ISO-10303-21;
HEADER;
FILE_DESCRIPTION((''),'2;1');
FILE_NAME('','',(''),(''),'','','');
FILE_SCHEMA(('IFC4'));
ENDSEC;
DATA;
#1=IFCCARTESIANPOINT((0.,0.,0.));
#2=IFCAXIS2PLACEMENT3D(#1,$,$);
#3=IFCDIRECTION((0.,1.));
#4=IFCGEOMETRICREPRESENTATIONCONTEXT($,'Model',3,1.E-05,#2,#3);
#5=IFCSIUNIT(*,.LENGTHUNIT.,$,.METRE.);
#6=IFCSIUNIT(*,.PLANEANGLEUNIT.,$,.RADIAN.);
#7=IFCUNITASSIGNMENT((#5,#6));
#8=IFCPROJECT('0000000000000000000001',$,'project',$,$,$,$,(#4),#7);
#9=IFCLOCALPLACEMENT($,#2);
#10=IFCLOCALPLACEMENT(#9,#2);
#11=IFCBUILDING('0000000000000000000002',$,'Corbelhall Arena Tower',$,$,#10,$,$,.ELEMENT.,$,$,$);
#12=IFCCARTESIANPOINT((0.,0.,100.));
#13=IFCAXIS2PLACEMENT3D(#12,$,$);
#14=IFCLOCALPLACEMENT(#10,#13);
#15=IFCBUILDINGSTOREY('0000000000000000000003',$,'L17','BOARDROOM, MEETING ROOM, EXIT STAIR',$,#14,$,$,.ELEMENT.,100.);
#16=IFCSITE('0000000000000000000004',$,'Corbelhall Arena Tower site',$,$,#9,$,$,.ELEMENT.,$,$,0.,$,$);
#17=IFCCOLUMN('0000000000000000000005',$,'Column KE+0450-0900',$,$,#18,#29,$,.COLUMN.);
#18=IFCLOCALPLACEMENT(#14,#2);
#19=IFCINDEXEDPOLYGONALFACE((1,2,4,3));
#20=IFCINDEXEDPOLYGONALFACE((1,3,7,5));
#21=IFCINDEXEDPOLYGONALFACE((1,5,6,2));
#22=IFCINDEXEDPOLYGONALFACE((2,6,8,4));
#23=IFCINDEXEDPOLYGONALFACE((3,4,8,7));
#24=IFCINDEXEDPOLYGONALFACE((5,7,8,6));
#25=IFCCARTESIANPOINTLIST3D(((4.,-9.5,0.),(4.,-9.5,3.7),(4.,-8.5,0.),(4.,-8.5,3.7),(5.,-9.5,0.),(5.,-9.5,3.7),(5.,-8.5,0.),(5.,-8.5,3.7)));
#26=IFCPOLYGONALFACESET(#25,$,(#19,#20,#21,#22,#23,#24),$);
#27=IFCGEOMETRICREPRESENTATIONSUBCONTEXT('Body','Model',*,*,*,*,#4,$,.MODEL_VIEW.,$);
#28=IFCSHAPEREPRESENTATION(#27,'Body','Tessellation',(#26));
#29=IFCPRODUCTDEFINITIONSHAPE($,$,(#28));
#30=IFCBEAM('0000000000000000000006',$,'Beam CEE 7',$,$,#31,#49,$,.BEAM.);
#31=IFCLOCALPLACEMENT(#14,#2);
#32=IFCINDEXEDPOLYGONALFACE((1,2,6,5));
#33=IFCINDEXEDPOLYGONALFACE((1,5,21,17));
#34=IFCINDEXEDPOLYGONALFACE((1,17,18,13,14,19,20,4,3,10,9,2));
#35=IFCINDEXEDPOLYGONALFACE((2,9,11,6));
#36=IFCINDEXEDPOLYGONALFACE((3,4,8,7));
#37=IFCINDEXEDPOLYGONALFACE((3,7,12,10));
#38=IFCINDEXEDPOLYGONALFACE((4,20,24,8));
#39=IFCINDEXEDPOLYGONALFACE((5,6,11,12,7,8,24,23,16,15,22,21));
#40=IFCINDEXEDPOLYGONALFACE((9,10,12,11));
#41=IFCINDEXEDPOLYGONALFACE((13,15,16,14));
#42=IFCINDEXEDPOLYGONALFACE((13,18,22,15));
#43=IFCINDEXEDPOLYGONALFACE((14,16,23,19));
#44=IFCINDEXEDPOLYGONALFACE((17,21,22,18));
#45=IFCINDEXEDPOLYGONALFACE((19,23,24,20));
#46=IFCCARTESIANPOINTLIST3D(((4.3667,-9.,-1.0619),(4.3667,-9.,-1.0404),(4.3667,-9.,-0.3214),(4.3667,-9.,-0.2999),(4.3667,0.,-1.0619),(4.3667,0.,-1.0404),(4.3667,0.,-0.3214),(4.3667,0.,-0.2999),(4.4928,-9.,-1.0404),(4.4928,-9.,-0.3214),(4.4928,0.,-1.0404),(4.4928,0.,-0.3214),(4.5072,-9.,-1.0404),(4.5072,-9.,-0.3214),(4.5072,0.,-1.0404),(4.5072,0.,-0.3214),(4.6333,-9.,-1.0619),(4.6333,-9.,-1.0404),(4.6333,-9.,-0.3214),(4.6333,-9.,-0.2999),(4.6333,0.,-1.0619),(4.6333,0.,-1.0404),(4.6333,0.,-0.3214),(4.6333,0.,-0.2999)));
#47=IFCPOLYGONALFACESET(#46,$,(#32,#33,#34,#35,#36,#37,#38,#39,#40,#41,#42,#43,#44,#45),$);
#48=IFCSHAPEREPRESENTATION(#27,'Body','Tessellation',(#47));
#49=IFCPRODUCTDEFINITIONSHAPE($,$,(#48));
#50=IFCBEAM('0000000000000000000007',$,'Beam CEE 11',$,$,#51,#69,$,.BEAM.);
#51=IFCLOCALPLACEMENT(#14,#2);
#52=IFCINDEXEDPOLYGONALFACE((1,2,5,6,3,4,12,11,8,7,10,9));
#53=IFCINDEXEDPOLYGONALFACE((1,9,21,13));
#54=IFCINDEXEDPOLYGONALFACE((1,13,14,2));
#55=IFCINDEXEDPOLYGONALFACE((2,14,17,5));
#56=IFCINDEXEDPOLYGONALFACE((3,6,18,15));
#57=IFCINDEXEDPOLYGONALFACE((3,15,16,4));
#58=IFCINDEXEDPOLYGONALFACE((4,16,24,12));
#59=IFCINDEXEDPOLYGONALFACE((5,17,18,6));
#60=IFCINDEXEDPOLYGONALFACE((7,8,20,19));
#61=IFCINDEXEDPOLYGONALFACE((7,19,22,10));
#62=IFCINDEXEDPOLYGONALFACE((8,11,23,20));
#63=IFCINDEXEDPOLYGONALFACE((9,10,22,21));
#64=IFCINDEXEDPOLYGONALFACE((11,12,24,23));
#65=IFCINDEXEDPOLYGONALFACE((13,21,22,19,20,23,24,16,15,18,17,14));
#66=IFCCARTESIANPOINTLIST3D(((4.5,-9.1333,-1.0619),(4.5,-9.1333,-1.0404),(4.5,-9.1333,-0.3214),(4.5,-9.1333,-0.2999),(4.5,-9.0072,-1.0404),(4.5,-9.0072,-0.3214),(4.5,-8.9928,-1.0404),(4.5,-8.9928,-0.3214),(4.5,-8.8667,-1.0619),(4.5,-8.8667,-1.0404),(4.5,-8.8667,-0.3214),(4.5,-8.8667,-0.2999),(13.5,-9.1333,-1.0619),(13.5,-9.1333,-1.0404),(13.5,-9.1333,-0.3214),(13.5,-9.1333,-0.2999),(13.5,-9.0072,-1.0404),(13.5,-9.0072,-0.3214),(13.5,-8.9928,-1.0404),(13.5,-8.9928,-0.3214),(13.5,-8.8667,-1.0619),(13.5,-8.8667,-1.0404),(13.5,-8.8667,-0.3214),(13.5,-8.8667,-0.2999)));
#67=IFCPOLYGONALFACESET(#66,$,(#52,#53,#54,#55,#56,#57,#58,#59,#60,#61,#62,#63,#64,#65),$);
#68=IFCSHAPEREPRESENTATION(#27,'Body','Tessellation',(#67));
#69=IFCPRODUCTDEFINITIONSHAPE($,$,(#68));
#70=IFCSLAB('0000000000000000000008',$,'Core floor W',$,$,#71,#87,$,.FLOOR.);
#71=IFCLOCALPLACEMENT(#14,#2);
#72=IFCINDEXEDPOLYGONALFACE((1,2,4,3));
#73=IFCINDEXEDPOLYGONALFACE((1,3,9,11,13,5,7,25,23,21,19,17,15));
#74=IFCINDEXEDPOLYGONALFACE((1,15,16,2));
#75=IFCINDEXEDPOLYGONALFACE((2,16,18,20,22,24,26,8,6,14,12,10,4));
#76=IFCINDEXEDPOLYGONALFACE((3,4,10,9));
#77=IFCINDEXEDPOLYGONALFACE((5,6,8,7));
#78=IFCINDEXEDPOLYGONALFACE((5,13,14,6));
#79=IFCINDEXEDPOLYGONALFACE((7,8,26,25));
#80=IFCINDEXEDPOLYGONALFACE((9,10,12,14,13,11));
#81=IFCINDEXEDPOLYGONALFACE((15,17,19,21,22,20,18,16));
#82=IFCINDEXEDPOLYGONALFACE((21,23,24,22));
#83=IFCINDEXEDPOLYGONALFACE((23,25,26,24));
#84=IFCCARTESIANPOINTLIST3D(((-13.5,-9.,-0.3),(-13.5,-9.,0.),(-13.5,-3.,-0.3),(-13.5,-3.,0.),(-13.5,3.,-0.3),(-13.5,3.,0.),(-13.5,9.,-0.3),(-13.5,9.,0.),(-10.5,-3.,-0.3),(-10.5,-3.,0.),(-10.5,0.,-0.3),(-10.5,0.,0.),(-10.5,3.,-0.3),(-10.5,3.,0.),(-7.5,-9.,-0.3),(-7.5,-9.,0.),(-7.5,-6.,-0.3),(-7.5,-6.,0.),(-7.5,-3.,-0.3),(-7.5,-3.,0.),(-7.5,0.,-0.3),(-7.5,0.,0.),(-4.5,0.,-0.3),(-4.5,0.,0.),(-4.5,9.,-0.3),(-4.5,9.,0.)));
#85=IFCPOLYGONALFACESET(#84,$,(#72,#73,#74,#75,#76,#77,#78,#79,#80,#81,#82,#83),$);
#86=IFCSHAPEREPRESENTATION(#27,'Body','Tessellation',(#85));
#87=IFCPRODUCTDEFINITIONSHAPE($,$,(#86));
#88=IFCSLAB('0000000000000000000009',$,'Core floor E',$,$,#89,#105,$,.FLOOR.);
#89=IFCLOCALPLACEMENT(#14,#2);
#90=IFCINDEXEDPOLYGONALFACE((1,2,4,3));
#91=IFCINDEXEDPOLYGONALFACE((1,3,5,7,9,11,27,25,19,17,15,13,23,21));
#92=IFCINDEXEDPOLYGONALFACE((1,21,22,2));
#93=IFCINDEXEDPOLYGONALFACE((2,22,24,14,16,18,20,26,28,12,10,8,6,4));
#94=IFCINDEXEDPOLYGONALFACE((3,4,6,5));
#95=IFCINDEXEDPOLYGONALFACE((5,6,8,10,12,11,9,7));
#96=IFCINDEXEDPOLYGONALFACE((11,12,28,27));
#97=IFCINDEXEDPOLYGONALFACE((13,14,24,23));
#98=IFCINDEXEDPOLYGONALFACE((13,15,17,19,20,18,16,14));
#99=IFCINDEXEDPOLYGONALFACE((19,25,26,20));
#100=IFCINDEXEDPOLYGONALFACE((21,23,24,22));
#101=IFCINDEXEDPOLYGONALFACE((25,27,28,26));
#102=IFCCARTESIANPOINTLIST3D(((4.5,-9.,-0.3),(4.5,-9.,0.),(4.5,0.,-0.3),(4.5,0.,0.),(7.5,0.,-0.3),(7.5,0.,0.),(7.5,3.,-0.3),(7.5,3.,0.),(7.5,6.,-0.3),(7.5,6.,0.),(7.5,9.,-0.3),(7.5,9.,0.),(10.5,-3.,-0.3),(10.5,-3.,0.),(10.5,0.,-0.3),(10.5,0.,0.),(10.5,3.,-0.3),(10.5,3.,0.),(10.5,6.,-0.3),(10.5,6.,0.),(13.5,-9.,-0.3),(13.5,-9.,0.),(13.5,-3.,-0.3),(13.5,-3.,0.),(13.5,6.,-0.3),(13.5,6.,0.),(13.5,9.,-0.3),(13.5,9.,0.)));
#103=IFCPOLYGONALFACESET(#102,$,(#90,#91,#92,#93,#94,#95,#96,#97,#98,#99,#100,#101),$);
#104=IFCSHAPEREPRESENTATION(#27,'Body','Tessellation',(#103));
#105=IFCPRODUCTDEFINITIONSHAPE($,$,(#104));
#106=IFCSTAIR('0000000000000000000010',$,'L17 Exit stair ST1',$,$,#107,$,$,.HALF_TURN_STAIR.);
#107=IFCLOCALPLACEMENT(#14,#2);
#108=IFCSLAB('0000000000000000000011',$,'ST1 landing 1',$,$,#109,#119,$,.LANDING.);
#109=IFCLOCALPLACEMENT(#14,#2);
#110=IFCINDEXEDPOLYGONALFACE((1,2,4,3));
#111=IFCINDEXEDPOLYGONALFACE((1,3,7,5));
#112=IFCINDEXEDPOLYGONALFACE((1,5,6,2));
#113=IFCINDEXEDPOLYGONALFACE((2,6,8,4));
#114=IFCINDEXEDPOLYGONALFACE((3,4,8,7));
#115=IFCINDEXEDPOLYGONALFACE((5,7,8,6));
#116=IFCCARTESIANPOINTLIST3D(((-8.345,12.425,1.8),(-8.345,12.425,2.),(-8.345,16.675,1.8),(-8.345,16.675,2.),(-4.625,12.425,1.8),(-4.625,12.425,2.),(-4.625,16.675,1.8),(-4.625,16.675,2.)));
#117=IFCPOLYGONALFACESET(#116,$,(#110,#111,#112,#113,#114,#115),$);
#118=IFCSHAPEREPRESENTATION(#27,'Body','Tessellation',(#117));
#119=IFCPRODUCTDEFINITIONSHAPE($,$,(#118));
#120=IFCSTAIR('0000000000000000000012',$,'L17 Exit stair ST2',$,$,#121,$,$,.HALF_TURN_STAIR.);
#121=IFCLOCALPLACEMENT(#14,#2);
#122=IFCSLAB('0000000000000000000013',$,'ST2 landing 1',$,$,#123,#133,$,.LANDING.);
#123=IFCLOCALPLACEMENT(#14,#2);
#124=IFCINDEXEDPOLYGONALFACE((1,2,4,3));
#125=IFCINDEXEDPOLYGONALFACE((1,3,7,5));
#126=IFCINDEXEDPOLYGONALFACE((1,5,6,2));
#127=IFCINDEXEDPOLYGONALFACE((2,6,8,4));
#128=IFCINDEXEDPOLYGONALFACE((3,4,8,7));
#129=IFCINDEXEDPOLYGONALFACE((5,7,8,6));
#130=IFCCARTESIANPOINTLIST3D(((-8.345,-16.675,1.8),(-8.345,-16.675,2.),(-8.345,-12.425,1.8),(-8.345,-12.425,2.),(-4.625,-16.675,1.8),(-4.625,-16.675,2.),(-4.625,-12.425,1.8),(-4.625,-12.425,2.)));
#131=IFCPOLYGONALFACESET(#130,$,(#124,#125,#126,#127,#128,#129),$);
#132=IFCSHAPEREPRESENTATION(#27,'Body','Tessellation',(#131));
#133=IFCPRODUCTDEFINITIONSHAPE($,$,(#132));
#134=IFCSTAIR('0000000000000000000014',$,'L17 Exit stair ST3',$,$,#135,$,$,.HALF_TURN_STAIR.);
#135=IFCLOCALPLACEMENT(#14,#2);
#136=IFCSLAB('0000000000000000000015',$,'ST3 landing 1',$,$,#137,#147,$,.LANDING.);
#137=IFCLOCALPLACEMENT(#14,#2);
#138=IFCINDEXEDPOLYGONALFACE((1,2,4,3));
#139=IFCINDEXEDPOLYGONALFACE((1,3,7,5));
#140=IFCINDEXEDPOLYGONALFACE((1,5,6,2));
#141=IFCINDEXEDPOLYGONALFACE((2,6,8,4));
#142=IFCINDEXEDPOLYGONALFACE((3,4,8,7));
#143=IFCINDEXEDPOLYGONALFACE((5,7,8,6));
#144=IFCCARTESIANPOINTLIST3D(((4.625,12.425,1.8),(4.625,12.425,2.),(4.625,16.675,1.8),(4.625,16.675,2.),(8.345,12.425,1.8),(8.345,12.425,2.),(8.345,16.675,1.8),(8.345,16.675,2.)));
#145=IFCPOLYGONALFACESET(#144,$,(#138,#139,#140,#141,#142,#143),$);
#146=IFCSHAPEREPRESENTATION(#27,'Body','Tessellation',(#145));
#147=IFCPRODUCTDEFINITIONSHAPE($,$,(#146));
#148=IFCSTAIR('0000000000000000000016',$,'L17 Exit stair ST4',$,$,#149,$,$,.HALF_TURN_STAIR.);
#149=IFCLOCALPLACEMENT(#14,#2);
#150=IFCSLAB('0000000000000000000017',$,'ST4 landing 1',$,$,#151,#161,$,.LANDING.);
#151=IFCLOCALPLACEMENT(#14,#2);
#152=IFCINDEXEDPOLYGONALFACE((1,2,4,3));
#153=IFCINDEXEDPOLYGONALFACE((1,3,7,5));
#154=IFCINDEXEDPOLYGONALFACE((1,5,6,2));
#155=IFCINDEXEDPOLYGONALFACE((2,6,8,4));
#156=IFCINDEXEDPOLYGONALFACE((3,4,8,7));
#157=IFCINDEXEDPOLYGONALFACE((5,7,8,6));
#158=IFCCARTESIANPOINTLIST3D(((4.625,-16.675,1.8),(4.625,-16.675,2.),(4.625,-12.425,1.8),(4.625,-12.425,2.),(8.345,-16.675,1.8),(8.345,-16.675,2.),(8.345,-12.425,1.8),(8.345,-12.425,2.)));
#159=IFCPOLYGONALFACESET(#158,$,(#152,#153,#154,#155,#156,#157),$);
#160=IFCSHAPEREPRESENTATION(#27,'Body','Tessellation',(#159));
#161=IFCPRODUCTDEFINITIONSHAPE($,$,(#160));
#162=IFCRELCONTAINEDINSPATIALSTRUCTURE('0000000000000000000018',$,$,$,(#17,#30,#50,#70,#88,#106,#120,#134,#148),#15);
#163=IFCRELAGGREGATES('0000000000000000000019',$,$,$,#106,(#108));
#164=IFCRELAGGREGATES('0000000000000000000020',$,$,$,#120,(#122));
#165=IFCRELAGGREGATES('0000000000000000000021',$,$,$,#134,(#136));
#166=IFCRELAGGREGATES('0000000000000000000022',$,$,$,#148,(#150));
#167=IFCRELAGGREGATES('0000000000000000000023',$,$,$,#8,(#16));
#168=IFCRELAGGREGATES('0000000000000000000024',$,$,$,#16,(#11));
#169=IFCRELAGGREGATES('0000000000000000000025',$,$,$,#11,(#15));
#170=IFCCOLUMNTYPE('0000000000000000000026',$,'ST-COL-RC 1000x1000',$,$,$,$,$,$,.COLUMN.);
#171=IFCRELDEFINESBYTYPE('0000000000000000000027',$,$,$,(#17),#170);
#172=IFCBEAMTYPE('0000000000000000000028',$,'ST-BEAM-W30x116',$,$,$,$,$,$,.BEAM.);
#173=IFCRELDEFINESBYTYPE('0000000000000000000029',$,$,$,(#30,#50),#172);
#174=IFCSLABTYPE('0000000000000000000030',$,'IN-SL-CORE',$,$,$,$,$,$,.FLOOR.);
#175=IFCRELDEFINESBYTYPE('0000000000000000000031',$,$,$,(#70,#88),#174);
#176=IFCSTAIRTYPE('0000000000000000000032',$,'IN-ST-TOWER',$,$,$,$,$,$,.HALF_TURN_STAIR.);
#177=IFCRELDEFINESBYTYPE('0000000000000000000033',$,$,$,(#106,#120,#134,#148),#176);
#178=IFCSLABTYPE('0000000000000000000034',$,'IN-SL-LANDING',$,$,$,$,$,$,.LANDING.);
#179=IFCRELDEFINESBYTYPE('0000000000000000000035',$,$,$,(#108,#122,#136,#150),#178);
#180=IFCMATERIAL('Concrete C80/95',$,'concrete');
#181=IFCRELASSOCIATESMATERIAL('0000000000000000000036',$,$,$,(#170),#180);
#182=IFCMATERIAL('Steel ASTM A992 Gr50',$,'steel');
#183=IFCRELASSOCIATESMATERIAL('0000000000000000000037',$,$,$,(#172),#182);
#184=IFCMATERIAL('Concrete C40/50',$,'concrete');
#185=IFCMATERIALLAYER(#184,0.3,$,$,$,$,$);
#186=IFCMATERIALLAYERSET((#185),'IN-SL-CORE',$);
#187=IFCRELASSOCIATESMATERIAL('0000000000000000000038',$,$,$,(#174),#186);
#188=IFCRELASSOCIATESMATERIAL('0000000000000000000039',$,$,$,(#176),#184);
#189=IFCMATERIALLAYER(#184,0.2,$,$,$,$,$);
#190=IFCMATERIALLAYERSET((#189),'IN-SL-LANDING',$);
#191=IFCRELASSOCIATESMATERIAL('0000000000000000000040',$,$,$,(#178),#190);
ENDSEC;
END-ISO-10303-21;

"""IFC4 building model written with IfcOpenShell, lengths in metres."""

from ifc_helpers import new_model, si_unit, direction, frame, origin, origin_2d, place, context, subcontext, project, spatial, polyline, rectangle, i_section, outline, extrude, material, layer, layer_set, material_profile, profile_set, type_object, element, aggregate, save


model = new_model("IFC4")

# Units and contexts
model_context = context("Model", 3, precision=1e-05, world=origin(), true_north=direction((0.0, 1.0)))
body_context = subcontext(model_context, "Body", "Model", "MODEL_VIEW")
ifc_project = project(units=[si_unit("LENGTHUNIT", "METRE"), si_unit("PLANEANGLEUNIT", "RADIAN")], contexts=[model_context])

# Site, building, storey
site_placement = place(None, origin())
site = spatial("IfcSite", under=ifc_project, at=site_placement, Name="Corbelhall Arena Tower site", CompositionType="ELEMENT", RefElevation=0.0)
building_placement = place(site_placement, origin())
building = spatial("IfcBuilding", under=site, at=building_placement, Name="Corbelhall Arena Tower", CompositionType="ELEMENT")
storey_placement = place(building_placement, frame((0.0, 0.0, 100.0)))
storey = spatial("IfcBuildingStorey", under=building, at=storey_placement, Name="L17", Description="BOARDROOM, MEETING ROOM, EXIT STAIR", CompositionType="ELEMENT", Elevation=100.0)

# Column
ifc_material_1 = material(Name="Concrete C80/95", Category="concrete")
ifc_material_profile_1 = material_profile(ifc_material_1, rectangle(XDim=1.0, YDim=1.0, at=origin_2d()))
ifc_profile_set_1 = profile_set([ifc_material_profile_1], Name="Concrete C80/95")
column_type = type_object("IfcColumnType", Name="ST-COL-RC 1000x1000", PredefinedType="COLUMN", material=ifc_profile_set_1)
column_placement = place(storey_placement, frame((4.5, -9.0, 0.0), z_axis=(0.0, 0.0, 1.0), x_axis=(1.0, 0.0, 0.0)))
element("IfcColumn", 1, at=column_placement, inside=storey, type_object=column_type, Name="Column KE+0450-0900", PredefinedType="COLUMN", context=body_context, shape_type="SweptSolid", body=[
    extrude(rectangle(XDim=1.0, YDim=1.0, at=origin_2d()), origin(), (0.0, 0.0, 1.0), 3.7),
])

# Beams
ifc_material_2 = material(Name="Steel ASTM A992 Gr50", Category="steel")
ifc_material_profile_2 = material_profile(ifc_material_2, i_section(OverallWidth=0.2666, OverallDepth=0.762, WebThickness=0.0144, FlangeThickness=0.0215, at=origin_2d()))
ifc_profile_set_2 = profile_set([ifc_material_profile_2], Name="Steel ASTM A992 Gr50")
beam_type = type_object("IfcBeamType", Name="ST-BEAM-W30x116", PredefinedType="BEAM", material=ifc_profile_set_2)
for number, where, z_axis, x_axis, name in (
    (2, (4.5, -9.0, -0.6809), (0.0, 1.0, 0.0), (-1.0, 0.0, 0.0), "Beam CEE 7"),
    (3, (4.5, -9.0, -0.6809), (1.0, 0.0, 0.0), (0.0, 1.0, 0.0), "Beam CEE 11"),
):
    element("IfcBeam", number, at=place(storey_placement, frame(where, z_axis=z_axis, x_axis=x_axis)), inside=storey, type_object=beam_type, Name=name, PredefinedType="BEAM", context=body_context, shape_type="SweptSolid", body=[
        extrude(i_section(OverallWidth=0.2666, OverallDepth=0.762, WebThickness=0.0144, FlangeThickness=0.0215, at=origin_2d()), origin(), (0.0, 0.0, 1.0), 9.0),
    ])

# Slabs
ifc_material_3 = material(Name="Concrete C40/50", Category="concrete")
ifc_layer_1 = layer(ifc_material_3, 0.3)
ifc_layer_set_1 = layer_set([ifc_layer_1], Name="IN-SL-CORE")
slab_type_1 = type_object("IfcSlabType", Name="IN-SL-CORE", PredefinedType="FLOOR", material=ifc_layer_set_1)
slab_1_placement = place(storey_placement, frame((0.0, 0.0, -0.3)))
element("IfcSlab", 4, at=slab_1_placement, inside=storey, type_object=slab_type_1, Name="Core floor W", PredefinedType="FLOOR", context=body_context, shape_type="SweptSolid", body=[
    extrude(outline(polyline([(-7.5, 0.0), (-4.5, 0.0), (-4.5, 9.0), (-13.5, 9.0), (-13.5, 3.0), (-10.5, 3.0), (-10.5, 0.0), (-10.5, -3.0), (-13.5, -3.0), (-13.5, -9.0), (-7.5, -9.0), (-7.5, -6.0), (-7.5, -3.0), (-7.5, 0.0)])), origin(), (0.0, 0.0, 1.0), 0.3),
])
slab_2_placement = place(storey_placement, frame((0.0, 0.0, -0.3)))
element("IfcSlab", 5, at=slab_2_placement, inside=storey, type_object=slab_type_1, Name="Core floor E", PredefinedType="FLOOR", context=body_context, shape_type="SweptSolid", body=[
    extrude(outline(polyline([(7.5, 0.0), (4.5, 0.0), (4.5, -9.0), (13.5, -9.0), (13.5, -3.0), (10.5, -3.0), (10.5, 0.0), (10.5, 3.0), (10.5, 6.0), (13.5, 6.0), (13.5, 9.0), (7.5, 9.0), (7.5, 6.0), (7.5, 3.0), (7.5, 0.0)])), origin(), (0.0, 0.0, 1.0), 0.3),
])

# Stairs, slabs
stair_type = type_object("IfcStairType", Name="IN-ST-TOWER", PredefinedType="HALF_TURN_STAIR", material=ifc_material_3)
stair_1_placement = place(storey_placement, origin())
stair_1 = element("IfcStair", 6, at=stair_1_placement, inside=storey, type_object=stair_type, Name="L17 Exit stair ST1", PredefinedType="HALF_TURN_STAIR")
ifc_layer_2 = layer(ifc_material_3, 0.2)
ifc_layer_set_2 = layer_set([ifc_layer_2], Name="IN-SL-LANDING")
slab_type_2 = type_object("IfcSlabType", Name="IN-SL-LANDING", PredefinedType="LANDING", material=ifc_layer_set_2)
slab_3_placement = place(storey_placement, frame((0.0, 0.0, 1.8)))
slab_3 = element("IfcSlab", 7, at=slab_3_placement, type_object=slab_type_2, Name="ST1 landing 1", PredefinedType="LANDING", context=body_context, shape_type="SweptSolid", body=[
    extrude(outline(polyline([(-8.345, 12.425), (-4.625, 12.425), (-4.625, 16.675), (-8.345, 16.675), (-8.345, 12.425)])), origin(), (0.0, 0.0, 1.0), 0.2),
])
aggregate(stair_1, [slab_3])
stair_2_placement = place(storey_placement, origin())
stair_2 = element("IfcStair", 8, at=stair_2_placement, inside=storey, type_object=stair_type, Name="L17 Exit stair ST2", PredefinedType="HALF_TURN_STAIR")
slab_4_placement = place(storey_placement, frame((0.0, 0.0, 1.8)))
slab_4 = element("IfcSlab", 9, at=slab_4_placement, type_object=slab_type_2, Name="ST2 landing 1", PredefinedType="LANDING", context=body_context, shape_type="SweptSolid", body=[
    extrude(outline(polyline([(-8.345, -16.675), (-4.625, -16.675), (-4.625, -12.425), (-8.345, -12.425), (-8.345, -16.675)])), origin(), (0.0, 0.0, 1.0), 0.2),
])
aggregate(stair_2, [slab_4])
stair_3_placement = place(storey_placement, origin())
stair_3 = element("IfcStair", 10, at=stair_3_placement, inside=storey, type_object=stair_type, Name="L17 Exit stair ST3", PredefinedType="HALF_TURN_STAIR")
slab_5_placement = place(storey_placement, frame((0.0, 0.0, 1.8)))
slab_5 = element("IfcSlab", 11, at=slab_5_placement, type_object=slab_type_2, Name="ST3 landing 1", PredefinedType="LANDING", context=body_context, shape_type="SweptSolid", body=[
    extrude(outline(polyline([(8.345, 16.675), (4.625, 16.675), (4.625, 12.425), (8.345, 12.425), (8.345, 16.675)])), origin(), (0.0, 0.0, 1.0), 0.2),
])
aggregate(stair_3, [slab_5])
stair_4_placement = place(storey_placement, origin())
stair_4 = element("IfcStair", 12, at=stair_4_placement, inside=storey, type_object=stair_type, Name="L17 Exit stair ST4", PredefinedType="HALF_TURN_STAIR")
slab_6_placement = place(storey_placement, frame((0.0, 0.0, 1.8)))
slab_6 = element("IfcSlab", 13, at=slab_6_placement, type_object=slab_type_2, Name="ST4 landing 1", PredefinedType="LANDING", context=body_context, shape_type="SweptSolid", body=[
    extrude(outline(polyline([(8.345, -12.425), (4.625, -12.425), (4.625, -16.675), (8.345, -16.675), (8.345, -12.425)])), origin(), (0.0, 0.0, 1.0), 0.2),
])
aggregate(stair_4, [slab_6])

save(model, "model.ifc")
